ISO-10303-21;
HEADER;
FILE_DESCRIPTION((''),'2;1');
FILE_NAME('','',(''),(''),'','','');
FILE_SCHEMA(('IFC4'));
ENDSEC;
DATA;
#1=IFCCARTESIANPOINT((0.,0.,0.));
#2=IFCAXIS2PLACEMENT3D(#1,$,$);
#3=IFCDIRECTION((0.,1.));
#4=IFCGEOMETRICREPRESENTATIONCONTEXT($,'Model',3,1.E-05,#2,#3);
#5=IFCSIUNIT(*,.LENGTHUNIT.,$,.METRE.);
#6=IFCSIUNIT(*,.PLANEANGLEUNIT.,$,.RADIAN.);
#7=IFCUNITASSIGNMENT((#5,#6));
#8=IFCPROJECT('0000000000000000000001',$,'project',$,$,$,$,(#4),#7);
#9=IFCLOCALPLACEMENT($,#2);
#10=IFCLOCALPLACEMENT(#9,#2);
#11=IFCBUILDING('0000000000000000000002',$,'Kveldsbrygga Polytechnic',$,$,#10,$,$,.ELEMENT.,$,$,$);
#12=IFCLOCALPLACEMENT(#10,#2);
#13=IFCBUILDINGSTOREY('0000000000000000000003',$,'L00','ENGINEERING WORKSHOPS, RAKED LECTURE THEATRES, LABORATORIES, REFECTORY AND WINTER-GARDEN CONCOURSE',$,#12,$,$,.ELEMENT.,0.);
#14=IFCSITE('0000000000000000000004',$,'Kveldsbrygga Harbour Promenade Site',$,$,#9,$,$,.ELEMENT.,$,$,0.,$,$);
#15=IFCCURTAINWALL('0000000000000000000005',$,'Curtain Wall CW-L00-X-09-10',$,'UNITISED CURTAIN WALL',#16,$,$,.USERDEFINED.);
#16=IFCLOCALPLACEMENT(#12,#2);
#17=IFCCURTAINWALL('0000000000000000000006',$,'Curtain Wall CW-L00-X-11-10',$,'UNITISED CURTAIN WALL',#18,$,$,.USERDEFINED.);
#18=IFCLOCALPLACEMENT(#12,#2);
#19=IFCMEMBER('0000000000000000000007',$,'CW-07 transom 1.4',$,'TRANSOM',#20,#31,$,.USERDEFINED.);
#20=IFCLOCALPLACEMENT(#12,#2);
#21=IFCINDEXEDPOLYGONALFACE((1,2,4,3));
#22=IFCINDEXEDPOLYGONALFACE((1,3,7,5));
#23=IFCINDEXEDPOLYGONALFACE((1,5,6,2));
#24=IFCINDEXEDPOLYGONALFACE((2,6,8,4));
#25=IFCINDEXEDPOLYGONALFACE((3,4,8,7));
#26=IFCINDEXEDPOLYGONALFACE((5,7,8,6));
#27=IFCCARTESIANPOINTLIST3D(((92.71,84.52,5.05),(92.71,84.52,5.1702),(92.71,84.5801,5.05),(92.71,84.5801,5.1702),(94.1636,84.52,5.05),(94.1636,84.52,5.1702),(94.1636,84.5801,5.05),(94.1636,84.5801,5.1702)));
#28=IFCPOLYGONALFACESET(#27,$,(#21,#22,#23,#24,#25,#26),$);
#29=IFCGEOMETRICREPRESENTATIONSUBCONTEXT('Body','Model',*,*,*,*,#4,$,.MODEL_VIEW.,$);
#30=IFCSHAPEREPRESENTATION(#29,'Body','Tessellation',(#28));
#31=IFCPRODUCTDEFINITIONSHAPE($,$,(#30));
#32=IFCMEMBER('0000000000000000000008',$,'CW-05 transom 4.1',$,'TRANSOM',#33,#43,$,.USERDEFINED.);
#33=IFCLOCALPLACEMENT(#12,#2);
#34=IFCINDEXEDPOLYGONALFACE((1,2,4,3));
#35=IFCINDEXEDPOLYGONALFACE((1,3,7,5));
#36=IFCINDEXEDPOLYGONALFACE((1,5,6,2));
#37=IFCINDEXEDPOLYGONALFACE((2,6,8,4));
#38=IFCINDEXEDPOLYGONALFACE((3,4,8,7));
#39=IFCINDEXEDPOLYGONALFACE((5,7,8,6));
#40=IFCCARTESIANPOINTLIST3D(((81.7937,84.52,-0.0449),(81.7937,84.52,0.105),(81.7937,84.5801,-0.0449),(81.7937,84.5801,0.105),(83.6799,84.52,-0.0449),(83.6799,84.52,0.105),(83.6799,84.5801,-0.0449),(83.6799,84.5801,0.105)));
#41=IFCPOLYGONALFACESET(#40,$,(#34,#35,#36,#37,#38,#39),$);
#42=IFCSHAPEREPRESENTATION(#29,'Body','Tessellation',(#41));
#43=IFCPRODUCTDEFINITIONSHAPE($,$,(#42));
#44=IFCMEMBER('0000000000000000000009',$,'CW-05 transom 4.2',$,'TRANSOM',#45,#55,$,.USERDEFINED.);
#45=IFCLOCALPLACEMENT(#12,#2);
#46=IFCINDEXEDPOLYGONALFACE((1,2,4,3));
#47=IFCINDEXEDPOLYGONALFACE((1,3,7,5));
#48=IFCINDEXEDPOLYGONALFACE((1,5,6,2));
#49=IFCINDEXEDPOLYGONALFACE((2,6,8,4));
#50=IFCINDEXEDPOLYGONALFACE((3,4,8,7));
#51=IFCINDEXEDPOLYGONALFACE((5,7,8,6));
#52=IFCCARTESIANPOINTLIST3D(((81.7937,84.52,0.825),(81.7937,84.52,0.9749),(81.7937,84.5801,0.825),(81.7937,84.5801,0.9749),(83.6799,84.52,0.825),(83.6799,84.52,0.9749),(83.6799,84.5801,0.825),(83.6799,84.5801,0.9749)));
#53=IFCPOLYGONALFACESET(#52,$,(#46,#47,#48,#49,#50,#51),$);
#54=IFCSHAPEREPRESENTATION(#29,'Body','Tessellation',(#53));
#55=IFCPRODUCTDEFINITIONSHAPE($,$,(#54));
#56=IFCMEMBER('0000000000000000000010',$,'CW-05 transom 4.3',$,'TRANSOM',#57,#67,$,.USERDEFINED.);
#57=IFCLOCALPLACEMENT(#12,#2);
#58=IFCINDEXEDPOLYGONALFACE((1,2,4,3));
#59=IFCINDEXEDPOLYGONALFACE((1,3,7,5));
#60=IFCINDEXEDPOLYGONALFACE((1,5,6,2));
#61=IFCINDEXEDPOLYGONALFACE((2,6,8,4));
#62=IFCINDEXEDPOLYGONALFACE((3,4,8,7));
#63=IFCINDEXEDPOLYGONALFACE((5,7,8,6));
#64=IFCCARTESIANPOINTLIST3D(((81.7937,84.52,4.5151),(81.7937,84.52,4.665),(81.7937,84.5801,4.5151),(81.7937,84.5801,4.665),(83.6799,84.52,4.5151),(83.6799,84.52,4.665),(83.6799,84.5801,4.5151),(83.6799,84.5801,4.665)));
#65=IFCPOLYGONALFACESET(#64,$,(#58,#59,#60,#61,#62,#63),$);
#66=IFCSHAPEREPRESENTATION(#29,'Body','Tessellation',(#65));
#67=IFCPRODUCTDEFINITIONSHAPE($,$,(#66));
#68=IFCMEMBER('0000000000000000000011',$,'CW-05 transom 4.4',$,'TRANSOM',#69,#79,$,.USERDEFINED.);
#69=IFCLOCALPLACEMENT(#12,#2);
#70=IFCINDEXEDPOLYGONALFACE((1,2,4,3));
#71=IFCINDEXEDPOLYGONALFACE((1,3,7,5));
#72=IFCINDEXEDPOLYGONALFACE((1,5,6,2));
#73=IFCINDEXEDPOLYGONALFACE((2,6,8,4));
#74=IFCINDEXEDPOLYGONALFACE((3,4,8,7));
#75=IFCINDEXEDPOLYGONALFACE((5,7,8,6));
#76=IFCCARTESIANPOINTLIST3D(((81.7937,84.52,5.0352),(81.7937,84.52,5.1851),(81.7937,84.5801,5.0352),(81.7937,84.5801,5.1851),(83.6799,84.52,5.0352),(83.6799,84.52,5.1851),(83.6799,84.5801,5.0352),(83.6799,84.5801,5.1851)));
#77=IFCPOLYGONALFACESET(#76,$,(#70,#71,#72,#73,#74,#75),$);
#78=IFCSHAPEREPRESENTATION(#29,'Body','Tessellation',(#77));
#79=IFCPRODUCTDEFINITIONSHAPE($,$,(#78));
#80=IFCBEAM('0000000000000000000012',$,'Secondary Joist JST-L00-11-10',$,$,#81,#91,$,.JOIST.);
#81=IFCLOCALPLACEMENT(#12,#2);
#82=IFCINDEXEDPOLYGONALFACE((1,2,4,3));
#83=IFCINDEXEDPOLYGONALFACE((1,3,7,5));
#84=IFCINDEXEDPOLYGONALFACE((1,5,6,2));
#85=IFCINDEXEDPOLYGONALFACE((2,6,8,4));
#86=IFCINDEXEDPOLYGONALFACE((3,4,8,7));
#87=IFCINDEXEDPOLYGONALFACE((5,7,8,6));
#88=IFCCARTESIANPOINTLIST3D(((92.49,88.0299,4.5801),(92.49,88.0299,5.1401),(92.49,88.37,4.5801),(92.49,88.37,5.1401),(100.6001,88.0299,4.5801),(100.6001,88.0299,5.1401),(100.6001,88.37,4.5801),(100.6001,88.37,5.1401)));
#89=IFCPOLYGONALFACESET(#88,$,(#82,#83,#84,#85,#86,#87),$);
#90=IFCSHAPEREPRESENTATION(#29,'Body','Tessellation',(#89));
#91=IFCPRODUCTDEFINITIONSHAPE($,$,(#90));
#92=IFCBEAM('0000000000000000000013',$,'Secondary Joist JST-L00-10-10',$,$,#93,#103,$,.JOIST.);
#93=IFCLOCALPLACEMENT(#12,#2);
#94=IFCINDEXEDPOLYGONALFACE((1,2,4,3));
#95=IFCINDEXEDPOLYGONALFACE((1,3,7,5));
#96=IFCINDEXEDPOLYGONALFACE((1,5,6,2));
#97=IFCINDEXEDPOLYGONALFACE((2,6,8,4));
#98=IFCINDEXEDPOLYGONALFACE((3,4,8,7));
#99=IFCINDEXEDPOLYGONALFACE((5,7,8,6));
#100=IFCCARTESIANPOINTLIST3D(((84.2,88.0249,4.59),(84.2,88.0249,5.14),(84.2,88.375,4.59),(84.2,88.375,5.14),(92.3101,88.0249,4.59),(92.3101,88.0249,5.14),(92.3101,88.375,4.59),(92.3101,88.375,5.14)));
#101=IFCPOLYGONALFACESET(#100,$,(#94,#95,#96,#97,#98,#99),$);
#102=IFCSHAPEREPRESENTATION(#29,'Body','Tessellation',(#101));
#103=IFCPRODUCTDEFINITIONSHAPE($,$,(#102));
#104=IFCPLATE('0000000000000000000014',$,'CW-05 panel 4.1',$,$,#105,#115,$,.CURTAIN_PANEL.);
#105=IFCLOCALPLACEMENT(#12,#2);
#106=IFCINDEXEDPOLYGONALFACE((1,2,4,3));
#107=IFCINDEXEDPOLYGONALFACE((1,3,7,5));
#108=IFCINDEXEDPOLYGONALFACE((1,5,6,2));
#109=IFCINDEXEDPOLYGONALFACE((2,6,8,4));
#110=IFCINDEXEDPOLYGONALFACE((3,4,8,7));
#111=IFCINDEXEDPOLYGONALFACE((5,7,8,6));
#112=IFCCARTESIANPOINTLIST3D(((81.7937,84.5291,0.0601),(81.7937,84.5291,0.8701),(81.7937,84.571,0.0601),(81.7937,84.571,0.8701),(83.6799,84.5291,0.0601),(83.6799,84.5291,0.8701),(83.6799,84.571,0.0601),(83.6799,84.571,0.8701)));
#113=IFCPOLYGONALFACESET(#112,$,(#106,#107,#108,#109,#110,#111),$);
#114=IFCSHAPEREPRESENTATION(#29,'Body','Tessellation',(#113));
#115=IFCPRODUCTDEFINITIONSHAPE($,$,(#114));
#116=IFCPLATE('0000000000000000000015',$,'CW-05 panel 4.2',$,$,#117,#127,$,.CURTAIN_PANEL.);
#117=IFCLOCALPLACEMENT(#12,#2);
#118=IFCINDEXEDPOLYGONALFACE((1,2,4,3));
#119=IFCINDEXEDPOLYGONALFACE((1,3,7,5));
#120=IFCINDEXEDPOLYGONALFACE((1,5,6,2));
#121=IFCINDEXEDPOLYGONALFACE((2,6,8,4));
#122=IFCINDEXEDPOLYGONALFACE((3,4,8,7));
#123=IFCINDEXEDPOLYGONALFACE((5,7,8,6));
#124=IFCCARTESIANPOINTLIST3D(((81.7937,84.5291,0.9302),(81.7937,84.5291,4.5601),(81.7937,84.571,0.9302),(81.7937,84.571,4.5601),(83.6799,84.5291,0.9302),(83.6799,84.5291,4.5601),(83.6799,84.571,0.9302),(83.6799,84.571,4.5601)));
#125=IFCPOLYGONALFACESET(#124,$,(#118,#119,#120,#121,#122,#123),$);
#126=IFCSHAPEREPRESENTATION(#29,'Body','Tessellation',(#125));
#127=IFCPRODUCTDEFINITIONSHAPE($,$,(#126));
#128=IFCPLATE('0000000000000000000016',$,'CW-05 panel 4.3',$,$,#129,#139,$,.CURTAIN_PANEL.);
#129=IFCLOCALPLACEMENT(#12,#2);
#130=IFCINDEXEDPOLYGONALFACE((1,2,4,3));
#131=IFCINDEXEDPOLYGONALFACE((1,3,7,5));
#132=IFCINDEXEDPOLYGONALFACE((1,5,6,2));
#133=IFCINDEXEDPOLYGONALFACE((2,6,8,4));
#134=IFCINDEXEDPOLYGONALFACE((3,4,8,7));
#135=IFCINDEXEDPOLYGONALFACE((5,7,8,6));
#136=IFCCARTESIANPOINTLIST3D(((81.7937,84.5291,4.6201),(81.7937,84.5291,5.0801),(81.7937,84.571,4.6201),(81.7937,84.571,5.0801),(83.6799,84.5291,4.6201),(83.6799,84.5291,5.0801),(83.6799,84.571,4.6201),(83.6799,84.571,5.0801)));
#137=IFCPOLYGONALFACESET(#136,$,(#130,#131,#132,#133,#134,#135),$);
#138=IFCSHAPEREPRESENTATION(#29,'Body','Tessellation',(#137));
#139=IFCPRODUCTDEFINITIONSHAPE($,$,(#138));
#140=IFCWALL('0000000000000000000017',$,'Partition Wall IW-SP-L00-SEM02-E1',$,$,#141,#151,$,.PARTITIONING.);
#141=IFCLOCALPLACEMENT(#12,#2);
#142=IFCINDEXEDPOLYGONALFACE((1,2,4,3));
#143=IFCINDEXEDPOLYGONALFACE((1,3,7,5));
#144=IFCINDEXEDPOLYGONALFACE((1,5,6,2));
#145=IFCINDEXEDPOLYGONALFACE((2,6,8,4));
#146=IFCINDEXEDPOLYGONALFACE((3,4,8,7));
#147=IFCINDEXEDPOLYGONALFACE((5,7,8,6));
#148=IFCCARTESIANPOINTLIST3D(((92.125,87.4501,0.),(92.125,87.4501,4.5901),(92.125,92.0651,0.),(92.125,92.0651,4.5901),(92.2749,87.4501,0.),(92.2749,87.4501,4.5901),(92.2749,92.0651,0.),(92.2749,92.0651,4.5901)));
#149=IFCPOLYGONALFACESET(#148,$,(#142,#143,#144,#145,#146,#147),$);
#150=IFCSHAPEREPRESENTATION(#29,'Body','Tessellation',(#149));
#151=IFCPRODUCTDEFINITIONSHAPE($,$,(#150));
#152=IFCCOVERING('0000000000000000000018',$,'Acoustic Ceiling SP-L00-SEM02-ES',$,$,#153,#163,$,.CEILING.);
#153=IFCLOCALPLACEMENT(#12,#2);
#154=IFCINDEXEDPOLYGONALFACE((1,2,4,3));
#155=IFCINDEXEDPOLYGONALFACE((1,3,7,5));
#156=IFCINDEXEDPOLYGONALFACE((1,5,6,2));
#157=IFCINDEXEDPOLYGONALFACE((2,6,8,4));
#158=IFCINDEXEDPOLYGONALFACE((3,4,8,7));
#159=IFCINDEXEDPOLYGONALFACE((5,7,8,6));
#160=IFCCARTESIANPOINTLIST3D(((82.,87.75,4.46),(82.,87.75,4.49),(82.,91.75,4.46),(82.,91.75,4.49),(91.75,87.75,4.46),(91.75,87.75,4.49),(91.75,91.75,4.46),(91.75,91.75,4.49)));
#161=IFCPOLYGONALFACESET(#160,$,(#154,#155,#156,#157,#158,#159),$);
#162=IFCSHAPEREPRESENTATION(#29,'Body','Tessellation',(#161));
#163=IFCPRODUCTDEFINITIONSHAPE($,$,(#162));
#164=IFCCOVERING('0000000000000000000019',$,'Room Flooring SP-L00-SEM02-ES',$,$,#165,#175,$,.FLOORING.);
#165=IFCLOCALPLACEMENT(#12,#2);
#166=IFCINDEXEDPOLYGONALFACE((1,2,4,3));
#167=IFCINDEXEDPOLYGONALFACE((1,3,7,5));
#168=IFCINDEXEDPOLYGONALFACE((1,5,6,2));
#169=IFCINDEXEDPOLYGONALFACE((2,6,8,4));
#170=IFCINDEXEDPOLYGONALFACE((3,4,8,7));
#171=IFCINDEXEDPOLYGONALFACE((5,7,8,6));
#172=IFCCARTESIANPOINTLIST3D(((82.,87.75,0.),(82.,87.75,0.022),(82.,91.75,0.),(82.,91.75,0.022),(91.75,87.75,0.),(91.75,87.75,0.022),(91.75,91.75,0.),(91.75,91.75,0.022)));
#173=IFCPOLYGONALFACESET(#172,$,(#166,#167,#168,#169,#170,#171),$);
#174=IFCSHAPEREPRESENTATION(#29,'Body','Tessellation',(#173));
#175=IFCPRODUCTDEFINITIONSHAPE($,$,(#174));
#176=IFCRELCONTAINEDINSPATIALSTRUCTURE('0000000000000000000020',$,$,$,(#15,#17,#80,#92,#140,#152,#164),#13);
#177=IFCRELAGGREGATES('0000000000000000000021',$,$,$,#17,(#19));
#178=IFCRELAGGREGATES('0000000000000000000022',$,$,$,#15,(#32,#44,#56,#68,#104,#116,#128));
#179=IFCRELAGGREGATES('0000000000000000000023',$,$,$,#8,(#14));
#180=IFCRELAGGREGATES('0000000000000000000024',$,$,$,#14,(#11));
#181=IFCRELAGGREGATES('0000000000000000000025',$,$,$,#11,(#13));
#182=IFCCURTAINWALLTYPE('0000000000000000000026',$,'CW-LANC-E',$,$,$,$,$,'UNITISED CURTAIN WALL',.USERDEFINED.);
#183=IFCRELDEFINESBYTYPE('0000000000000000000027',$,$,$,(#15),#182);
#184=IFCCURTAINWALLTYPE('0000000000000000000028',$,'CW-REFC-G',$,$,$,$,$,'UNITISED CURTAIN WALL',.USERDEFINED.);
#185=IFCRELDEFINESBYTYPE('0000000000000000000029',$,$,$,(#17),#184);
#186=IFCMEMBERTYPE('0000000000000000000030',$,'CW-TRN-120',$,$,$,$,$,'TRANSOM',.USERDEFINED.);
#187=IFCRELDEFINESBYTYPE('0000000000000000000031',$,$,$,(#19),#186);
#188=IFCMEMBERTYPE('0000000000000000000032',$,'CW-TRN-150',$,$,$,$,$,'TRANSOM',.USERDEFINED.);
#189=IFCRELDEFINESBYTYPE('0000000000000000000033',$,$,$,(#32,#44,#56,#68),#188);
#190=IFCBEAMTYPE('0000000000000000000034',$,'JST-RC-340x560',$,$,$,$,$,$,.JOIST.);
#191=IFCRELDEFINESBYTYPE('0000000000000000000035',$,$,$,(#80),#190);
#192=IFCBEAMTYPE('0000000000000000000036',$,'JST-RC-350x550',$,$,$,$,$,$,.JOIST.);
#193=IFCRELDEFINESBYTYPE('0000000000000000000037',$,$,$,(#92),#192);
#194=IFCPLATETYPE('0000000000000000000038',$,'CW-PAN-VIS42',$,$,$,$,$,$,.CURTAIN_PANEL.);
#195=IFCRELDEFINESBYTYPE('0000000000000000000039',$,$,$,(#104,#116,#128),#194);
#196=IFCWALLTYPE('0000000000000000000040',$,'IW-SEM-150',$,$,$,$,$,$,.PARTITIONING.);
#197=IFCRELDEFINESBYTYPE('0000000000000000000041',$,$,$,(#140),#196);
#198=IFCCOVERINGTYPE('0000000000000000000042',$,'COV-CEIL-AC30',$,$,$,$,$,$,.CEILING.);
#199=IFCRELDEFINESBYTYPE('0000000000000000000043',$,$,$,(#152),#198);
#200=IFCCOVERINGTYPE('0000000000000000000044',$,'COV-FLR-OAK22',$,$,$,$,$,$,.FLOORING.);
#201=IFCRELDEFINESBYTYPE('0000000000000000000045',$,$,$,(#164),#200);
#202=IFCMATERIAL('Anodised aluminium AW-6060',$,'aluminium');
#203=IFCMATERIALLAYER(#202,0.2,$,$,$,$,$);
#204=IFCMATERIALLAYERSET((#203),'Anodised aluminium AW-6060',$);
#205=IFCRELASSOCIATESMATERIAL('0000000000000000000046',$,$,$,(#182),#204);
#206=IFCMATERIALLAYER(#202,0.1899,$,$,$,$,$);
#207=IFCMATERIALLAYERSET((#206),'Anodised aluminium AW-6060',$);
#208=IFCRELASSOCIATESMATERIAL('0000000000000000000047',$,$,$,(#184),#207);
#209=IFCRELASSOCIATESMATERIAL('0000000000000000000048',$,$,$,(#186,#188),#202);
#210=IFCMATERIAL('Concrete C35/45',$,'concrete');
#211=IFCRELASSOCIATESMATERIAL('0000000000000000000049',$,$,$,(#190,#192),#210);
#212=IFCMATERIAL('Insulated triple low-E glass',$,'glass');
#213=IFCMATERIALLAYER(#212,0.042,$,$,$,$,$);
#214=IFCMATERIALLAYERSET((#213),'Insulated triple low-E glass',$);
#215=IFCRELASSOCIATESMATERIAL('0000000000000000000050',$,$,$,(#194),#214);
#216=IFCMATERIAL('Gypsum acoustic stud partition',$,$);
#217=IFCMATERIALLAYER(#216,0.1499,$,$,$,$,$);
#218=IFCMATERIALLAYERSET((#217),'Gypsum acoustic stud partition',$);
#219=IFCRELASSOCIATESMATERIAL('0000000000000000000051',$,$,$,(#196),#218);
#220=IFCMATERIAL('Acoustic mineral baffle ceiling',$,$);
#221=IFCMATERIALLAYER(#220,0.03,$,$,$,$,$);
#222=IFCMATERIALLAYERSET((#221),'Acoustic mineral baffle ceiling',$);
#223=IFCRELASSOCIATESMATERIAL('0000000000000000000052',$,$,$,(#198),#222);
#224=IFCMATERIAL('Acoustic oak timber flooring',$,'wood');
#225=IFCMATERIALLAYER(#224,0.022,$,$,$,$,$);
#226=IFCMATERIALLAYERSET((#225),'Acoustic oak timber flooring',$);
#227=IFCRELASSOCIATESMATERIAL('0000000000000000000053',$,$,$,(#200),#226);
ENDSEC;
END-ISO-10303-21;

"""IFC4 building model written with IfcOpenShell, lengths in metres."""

from ifc_helpers import new_model, si_unit, direction, frame, frame_2d, origin, origin_2d, place, context, subcontext, project, spatial, rectangle, extrude, material, layer, layer_set, material_profile, profile_set, type_object, element, aggregate, save


model = new_model("IFC4")

# Units and contexts
model_context = context("Model", 3, precision=1e-05, world=origin(), true_north=direction((0.0, 1.0)))
body_context = subcontext(model_context, "Body", "Model", "MODEL_VIEW")
ifc_project = project(units=[si_unit("LENGTHUNIT", "METRE"), si_unit("PLANEANGLEUNIT", "RADIAN")], contexts=[model_context])

# Site, building, storey
site_placement = place(None, origin())
site = spatial("IfcSite", under=ifc_project, at=site_placement, Name="Kveldsbrygga Harbour Promenade Site", CompositionType="ELEMENT", RefElevation=0.0)
building_placement = place(site_placement, origin())
building = spatial("IfcBuilding", under=site, at=building_placement, Name="Kveldsbrygga Polytechnic", CompositionType="ELEMENT")
storey_placement = place(building_placement, origin())
storey = spatial("IfcBuildingStorey", under=building, at=storey_placement, Name="L00", Description="ENGINEERING WORKSHOPS, RAKED LECTURE THEATRES, LABORATORIES, REFECTORY AND WINTER-GARDEN CONCOURSE", CompositionType="ELEMENT", Elevation=0.0)

# Shared definitions
ifc_material_1 = material(Name="Concrete C35/45", Category="concrete")

# Curtain wall
ifc_material_2 = material(Name="Anodised aluminium AW-6060", Category="aluminium")
ifc_layer_1 = layer(ifc_material_2, 0.2)
ifc_layer_set_1 = layer_set([ifc_layer_1], Name="Anodised aluminium AW-6060")
curtain_wall_type_1 = type_object("IfcCurtainWallType", Name="CW-LANC-E", ElementType="UNITISED CURTAIN WALL", PredefinedType="USERDEFINED", material=ifc_layer_set_1)
curtain_wall_1_placement = place(storey_placement, origin())
curtain_wall_1 = element("IfcCurtainWall", 1, at=curtain_wall_1_placement, inside=storey, type_object=curtain_wall_type_1, Name="Curtain Wall CW-L00-X-09-10", ObjectType="UNITISED CURTAIN WALL", PredefinedType="USERDEFINED")

# Curtain wall, member
ifc_layer_2 = layer(ifc_material_2, 0.1899)
ifc_layer_set_2 = layer_set([ifc_layer_2], Name="Anodised aluminium AW-6060")
curtain_wall_type_2 = type_object("IfcCurtainWallType", Name="CW-REFC-G", ElementType="UNITISED CURTAIN WALL", PredefinedType="USERDEFINED", material=ifc_layer_set_2)
curtain_wall_2_placement = place(storey_placement, origin())
curtain_wall_2 = element("IfcCurtainWall", 2, at=curtain_wall_2_placement, inside=storey, type_object=curtain_wall_type_2, Name="Curtain Wall CW-L00-X-11-10", ObjectType="UNITISED CURTAIN WALL", PredefinedType="USERDEFINED")
ifc_material_profile_1 = material_profile(ifc_material_2, rectangle(XDim=0.0601, YDim=0.1201, at=origin_2d()), Name="ALU 60x120")
ifc_profile_set_1 = profile_set([ifc_material_profile_1], Name="Anodised aluminium AW-6060")
member_type_1 = type_object("IfcMemberType", Name="CW-TRN-120", ElementType="TRANSOM", PredefinedType="USERDEFINED", material=ifc_profile_set_1)
member_1_placement = place(storey_placement, frame((92.71, 84.55, 5.1101), z_axis=(1.0, 0.0, 0.0), x_axis=(0.0, 1.0, 0.0)))
member_1 = element("IfcMember", 3, at=member_1_placement, type_object=member_type_1, Name="CW-07 transom 1.4", ObjectType="TRANSOM", PredefinedType="USERDEFINED", context=body_context, shape_type="SweptSolid", body=[
    extrude(rectangle(XDim=0.0601, YDim=0.1201, at=origin_2d()), origin(), (0.0, 0.0, 1.0), 1.4536),
])
aggregate(curtain_wall_2, [member_1])

# Members
ifc_material_profile_2 = material_profile(ifc_material_2, rectangle(XDim=0.0601, YDim=0.1499, at=origin_2d()), Name="ALU 60x150")
ifc_profile_set_2 = profile_set([ifc_material_profile_2], Name="Anodised aluminium AW-6060")
member_type_2 = type_object("IfcMemberType", Name="CW-TRN-150", ElementType="TRANSOM", PredefinedType="USERDEFINED", material=ifc_profile_set_2)
member_2_placement = place(storey_placement, frame((81.7937, 84.55, 0.03), z_axis=(1.0, 0.0, 0.0), x_axis=(0.0, 1.0, 0.0)))
member_2 = element("IfcMember", 4, at=member_2_placement, type_object=member_type_2, Name="CW-05 transom 4.1", ObjectType="TRANSOM", PredefinedType="USERDEFINED", context=body_context, shape_type="SweptSolid", body=[
    extrude(rectangle(XDim=0.0601, YDim=0.1499, at=origin_2d()), origin(), (0.0, 0.0, 1.0), 1.8862),
])
member_3_placement = place(storey_placement, frame((81.7937, 84.55, 0.8999), z_axis=(1.0, 0.0, 0.0), x_axis=(0.0, 1.0, 0.0)))
member_3 = element("IfcMember", 5, at=member_3_placement, type_object=member_type_2, Name="CW-05 transom 4.2", ObjectType="TRANSOM", PredefinedType="USERDEFINED", context=body_context, shape_type="SweptSolid", body=[
    extrude(rectangle(XDim=0.0601, YDim=0.1499, at=origin_2d()), origin(), (0.0, 0.0, 1.0), 1.8862),
])
member_4_placement = place(storey_placement, frame((81.7937, 84.55, 4.5901), z_axis=(1.0, 0.0, 0.0), x_axis=(0.0, 1.0, 0.0)))
member_4 = element("IfcMember", 6, at=member_4_placement, type_object=member_type_2, Name="CW-05 transom 4.3", ObjectType="TRANSOM", PredefinedType="USERDEFINED", context=body_context, shape_type="SweptSolid", body=[
    extrude(rectangle(XDim=0.0601, YDim=0.1499, at=origin_2d()), origin(), (0.0, 0.0, 1.0), 1.8862),
])
member_5_placement = place(storey_placement, frame((81.7937, 84.55, 5.1101), z_axis=(1.0, 0.0, 0.0), x_axis=(0.0, 1.0, 0.0)))
member_5 = element("IfcMember", 7, at=member_5_placement, type_object=member_type_2, Name="CW-05 transom 4.4", ObjectType="TRANSOM", PredefinedType="USERDEFINED", context=body_context, shape_type="SweptSolid", body=[
    extrude(rectangle(XDim=0.0601, YDim=0.1499, at=origin_2d()), origin(), (0.0, 0.0, 1.0), 1.8862),
])

# Beams
ifc_material_profile_3 = material_profile(ifc_material_1, rectangle(XDim=0.3401, YDim=0.5601, at=origin_2d()), Name="RC 340x560")
ifc_profile_set_3 = profile_set([ifc_material_profile_3], Name="Concrete C35/45")
beam_type_1 = type_object("IfcBeamType", Name="JST-RC-340x560", PredefinedType="JOIST", material=ifc_profile_set_3)
beam_1_placement = place(storey_placement, frame((92.49, 88.2, 4.8601), z_axis=(1.0, 0.0, 0.0), x_axis=(0.0, 1.0, 0.0)))
element("IfcBeam", 8, at=beam_1_placement, inside=storey, type_object=beam_type_1, Name="Secondary Joist JST-L00-11-10", PredefinedType="JOIST", context=body_context, shape_type="SweptSolid", body=[
    extrude(rectangle(XDim=0.3401, YDim=0.5601, at=origin_2d()), origin(), (0.0, 0.0, 1.0), 8.1101),
])
ifc_material_profile_4 = material_profile(ifc_material_1, rectangle(XDim=0.3501, YDim=0.55, at=origin_2d()), Name="RC 350x550")
ifc_profile_set_4 = profile_set([ifc_material_profile_4], Name="Concrete C35/45")
beam_type_2 = type_object("IfcBeamType", Name="JST-RC-350x550", PredefinedType="JOIST", material=ifc_profile_set_4)
beam_2_placement = place(storey_placement, frame((84.2, 88.2, 4.865), z_axis=(1.0, 0.0, 0.0), x_axis=(0.0, 1.0, 0.0)))
element("IfcBeam", 9, at=beam_2_placement, inside=storey, type_object=beam_type_2, Name="Secondary Joist JST-L00-10-10", PredefinedType="JOIST", context=body_context, shape_type="SweptSolid", body=[
    extrude(rectangle(XDim=0.3501, YDim=0.55, at=origin_2d()), origin(), (0.0, 0.0, 1.0), 8.1101),
])

# Plates
ifc_material_3 = material(Name="Insulated triple low-E glass", Category="glass")
ifc_layer_3 = layer(ifc_material_3, 0.042)
ifc_layer_set_3 = layer_set([ifc_layer_3], Name="Insulated triple low-E glass")
plate_type = type_object("IfcPlateType", Name="CW-PAN-VIS42", PredefinedType="CURTAIN_PANEL", material=ifc_layer_set_3)
plate_1_placement = place(storey_placement, frame((82.7368, 84.55, 0.0601), z_axis=(0.0, 0.0, 1.0), x_axis=(1.0, 0.0, 0.0)))
plate_1 = element("IfcPlate", 10, at=plate_1_placement, type_object=plate_type, Name="CW-05 panel 4.1", PredefinedType="CURTAIN_PANEL", context=body_context, shape_type="SweptSolid", body=[
    extrude(rectangle(XDim=1.8862, YDim=0.042, at=origin_2d()), origin(), (0.0, 0.0, 1.0), 0.8101),
])
plate_2_placement = place(storey_placement, frame((82.7368, 84.55, 0.9302), z_axis=(0.0, 0.0, 1.0), x_axis=(1.0, 0.0, 0.0)))
plate_2 = element("IfcPlate", 11, at=plate_2_placement, type_object=plate_type, Name="CW-05 panel 4.2", PredefinedType="CURTAIN_PANEL", context=body_context, shape_type="SweptSolid", body=[
    extrude(rectangle(XDim=1.8862, YDim=0.042, at=origin_2d()), origin(), (0.0, 0.0, 1.0), 3.6299),
])
plate_3_placement = place(storey_placement, frame((82.7368, 84.55, 4.6201), z_axis=(0.0, 0.0, 1.0), x_axis=(1.0, 0.0, 0.0)))
plate_3 = element("IfcPlate", 12, at=plate_3_placement, type_object=plate_type, Name="CW-05 panel 4.3", PredefinedType="CURTAIN_PANEL", context=body_context, shape_type="SweptSolid", body=[
    extrude(rectangle(XDim=1.8862, YDim=0.042, at=origin_2d()), origin(), (0.0, 0.0, 1.0), 0.46),
])
aggregate(curtain_wall_1, [member_2, member_3, member_4, member_5, plate_1, plate_2, plate_3])

# Wall
ifc_material_4 = material(Name="Gypsum acoustic stud partition")
ifc_layer_4 = layer(ifc_material_4, 0.1499)
ifc_layer_set_4 = layer_set([ifc_layer_4], Name="Gypsum acoustic stud partition")
wall_type = type_object("IfcWallType", Name="IW-SEM-150", PredefinedType="PARTITIONING", material=ifc_layer_set_4)
wall_placement = place(storey_placement, frame((92.2, 87.45, 0.0), z_axis=(0.0, 0.0, 1.0), x_axis=(0.0, 1.0, 0.0)))
element("IfcWall", 13, at=wall_placement, inside=storey, type_object=wall_type, Name="Partition Wall IW-SP-L00-SEM02-E1", PredefinedType="PARTITIONING", context=body_context, shape_type="SweptSolid", body=[
    extrude(rectangle(XDim=4.615, YDim=0.1499, at=frame_2d((2.3076, 0.0))), origin(), (0.0, 0.0, 1.0), 4.5901),
])

# Coverings
ifc_material_5 = material(Name="Acoustic mineral baffle ceiling")
ifc_layer_5 = layer(ifc_material_5, 0.03)
ifc_layer_set_5 = layer_set([ifc_layer_5], Name="Acoustic mineral baffle ceiling")
covering_type_1 = type_object("IfcCoveringType", Name="COV-CEIL-AC30", PredefinedType="CEILING", material=ifc_layer_set_5)
covering_1_placement = place(storey_placement, frame((86.875, 89.75, 4.46), z_axis=(0.0, 0.0, 1.0), x_axis=(1.0, 0.0, 0.0)))
element("IfcCovering", 14, at=covering_1_placement, inside=storey, type_object=covering_type_1, Name="Acoustic Ceiling SP-L00-SEM02-ES", PredefinedType="CEILING", context=body_context, shape_type="SweptSolid", body=[
    extrude(rectangle(XDim=9.75, YDim=4.0, at=origin_2d()), origin(), (0.0, 0.0, 1.0), 0.03),
])
ifc_material_6 = material(Name="Acoustic oak timber flooring", Category="wood")
ifc_layer_6 = layer(ifc_material_6, 0.022)
ifc_layer_set_6 = layer_set([ifc_layer_6], Name="Acoustic oak timber flooring")
covering_type_2 = type_object("IfcCoveringType", Name="COV-FLR-OAK22", PredefinedType="FLOORING", material=ifc_layer_set_6)
covering_2_placement = place(storey_placement, frame((86.875, 89.75, 0.0), z_axis=(0.0, 0.0, 1.0), x_axis=(1.0, 0.0, 0.0)))
element("IfcCovering", 15, at=covering_2_placement, inside=storey, type_object=covering_type_2, Name="Room Flooring SP-L00-SEM02-ES", PredefinedType="FLOORING", context=body_context, shape_type="SweptSolid", body=[
    extrude(rectangle(XDim=9.75, YDim=4.0, at=origin_2d()), origin(), (0.0, 0.0, 1.0), 0.022),
])

save(model, "model.ifc")
